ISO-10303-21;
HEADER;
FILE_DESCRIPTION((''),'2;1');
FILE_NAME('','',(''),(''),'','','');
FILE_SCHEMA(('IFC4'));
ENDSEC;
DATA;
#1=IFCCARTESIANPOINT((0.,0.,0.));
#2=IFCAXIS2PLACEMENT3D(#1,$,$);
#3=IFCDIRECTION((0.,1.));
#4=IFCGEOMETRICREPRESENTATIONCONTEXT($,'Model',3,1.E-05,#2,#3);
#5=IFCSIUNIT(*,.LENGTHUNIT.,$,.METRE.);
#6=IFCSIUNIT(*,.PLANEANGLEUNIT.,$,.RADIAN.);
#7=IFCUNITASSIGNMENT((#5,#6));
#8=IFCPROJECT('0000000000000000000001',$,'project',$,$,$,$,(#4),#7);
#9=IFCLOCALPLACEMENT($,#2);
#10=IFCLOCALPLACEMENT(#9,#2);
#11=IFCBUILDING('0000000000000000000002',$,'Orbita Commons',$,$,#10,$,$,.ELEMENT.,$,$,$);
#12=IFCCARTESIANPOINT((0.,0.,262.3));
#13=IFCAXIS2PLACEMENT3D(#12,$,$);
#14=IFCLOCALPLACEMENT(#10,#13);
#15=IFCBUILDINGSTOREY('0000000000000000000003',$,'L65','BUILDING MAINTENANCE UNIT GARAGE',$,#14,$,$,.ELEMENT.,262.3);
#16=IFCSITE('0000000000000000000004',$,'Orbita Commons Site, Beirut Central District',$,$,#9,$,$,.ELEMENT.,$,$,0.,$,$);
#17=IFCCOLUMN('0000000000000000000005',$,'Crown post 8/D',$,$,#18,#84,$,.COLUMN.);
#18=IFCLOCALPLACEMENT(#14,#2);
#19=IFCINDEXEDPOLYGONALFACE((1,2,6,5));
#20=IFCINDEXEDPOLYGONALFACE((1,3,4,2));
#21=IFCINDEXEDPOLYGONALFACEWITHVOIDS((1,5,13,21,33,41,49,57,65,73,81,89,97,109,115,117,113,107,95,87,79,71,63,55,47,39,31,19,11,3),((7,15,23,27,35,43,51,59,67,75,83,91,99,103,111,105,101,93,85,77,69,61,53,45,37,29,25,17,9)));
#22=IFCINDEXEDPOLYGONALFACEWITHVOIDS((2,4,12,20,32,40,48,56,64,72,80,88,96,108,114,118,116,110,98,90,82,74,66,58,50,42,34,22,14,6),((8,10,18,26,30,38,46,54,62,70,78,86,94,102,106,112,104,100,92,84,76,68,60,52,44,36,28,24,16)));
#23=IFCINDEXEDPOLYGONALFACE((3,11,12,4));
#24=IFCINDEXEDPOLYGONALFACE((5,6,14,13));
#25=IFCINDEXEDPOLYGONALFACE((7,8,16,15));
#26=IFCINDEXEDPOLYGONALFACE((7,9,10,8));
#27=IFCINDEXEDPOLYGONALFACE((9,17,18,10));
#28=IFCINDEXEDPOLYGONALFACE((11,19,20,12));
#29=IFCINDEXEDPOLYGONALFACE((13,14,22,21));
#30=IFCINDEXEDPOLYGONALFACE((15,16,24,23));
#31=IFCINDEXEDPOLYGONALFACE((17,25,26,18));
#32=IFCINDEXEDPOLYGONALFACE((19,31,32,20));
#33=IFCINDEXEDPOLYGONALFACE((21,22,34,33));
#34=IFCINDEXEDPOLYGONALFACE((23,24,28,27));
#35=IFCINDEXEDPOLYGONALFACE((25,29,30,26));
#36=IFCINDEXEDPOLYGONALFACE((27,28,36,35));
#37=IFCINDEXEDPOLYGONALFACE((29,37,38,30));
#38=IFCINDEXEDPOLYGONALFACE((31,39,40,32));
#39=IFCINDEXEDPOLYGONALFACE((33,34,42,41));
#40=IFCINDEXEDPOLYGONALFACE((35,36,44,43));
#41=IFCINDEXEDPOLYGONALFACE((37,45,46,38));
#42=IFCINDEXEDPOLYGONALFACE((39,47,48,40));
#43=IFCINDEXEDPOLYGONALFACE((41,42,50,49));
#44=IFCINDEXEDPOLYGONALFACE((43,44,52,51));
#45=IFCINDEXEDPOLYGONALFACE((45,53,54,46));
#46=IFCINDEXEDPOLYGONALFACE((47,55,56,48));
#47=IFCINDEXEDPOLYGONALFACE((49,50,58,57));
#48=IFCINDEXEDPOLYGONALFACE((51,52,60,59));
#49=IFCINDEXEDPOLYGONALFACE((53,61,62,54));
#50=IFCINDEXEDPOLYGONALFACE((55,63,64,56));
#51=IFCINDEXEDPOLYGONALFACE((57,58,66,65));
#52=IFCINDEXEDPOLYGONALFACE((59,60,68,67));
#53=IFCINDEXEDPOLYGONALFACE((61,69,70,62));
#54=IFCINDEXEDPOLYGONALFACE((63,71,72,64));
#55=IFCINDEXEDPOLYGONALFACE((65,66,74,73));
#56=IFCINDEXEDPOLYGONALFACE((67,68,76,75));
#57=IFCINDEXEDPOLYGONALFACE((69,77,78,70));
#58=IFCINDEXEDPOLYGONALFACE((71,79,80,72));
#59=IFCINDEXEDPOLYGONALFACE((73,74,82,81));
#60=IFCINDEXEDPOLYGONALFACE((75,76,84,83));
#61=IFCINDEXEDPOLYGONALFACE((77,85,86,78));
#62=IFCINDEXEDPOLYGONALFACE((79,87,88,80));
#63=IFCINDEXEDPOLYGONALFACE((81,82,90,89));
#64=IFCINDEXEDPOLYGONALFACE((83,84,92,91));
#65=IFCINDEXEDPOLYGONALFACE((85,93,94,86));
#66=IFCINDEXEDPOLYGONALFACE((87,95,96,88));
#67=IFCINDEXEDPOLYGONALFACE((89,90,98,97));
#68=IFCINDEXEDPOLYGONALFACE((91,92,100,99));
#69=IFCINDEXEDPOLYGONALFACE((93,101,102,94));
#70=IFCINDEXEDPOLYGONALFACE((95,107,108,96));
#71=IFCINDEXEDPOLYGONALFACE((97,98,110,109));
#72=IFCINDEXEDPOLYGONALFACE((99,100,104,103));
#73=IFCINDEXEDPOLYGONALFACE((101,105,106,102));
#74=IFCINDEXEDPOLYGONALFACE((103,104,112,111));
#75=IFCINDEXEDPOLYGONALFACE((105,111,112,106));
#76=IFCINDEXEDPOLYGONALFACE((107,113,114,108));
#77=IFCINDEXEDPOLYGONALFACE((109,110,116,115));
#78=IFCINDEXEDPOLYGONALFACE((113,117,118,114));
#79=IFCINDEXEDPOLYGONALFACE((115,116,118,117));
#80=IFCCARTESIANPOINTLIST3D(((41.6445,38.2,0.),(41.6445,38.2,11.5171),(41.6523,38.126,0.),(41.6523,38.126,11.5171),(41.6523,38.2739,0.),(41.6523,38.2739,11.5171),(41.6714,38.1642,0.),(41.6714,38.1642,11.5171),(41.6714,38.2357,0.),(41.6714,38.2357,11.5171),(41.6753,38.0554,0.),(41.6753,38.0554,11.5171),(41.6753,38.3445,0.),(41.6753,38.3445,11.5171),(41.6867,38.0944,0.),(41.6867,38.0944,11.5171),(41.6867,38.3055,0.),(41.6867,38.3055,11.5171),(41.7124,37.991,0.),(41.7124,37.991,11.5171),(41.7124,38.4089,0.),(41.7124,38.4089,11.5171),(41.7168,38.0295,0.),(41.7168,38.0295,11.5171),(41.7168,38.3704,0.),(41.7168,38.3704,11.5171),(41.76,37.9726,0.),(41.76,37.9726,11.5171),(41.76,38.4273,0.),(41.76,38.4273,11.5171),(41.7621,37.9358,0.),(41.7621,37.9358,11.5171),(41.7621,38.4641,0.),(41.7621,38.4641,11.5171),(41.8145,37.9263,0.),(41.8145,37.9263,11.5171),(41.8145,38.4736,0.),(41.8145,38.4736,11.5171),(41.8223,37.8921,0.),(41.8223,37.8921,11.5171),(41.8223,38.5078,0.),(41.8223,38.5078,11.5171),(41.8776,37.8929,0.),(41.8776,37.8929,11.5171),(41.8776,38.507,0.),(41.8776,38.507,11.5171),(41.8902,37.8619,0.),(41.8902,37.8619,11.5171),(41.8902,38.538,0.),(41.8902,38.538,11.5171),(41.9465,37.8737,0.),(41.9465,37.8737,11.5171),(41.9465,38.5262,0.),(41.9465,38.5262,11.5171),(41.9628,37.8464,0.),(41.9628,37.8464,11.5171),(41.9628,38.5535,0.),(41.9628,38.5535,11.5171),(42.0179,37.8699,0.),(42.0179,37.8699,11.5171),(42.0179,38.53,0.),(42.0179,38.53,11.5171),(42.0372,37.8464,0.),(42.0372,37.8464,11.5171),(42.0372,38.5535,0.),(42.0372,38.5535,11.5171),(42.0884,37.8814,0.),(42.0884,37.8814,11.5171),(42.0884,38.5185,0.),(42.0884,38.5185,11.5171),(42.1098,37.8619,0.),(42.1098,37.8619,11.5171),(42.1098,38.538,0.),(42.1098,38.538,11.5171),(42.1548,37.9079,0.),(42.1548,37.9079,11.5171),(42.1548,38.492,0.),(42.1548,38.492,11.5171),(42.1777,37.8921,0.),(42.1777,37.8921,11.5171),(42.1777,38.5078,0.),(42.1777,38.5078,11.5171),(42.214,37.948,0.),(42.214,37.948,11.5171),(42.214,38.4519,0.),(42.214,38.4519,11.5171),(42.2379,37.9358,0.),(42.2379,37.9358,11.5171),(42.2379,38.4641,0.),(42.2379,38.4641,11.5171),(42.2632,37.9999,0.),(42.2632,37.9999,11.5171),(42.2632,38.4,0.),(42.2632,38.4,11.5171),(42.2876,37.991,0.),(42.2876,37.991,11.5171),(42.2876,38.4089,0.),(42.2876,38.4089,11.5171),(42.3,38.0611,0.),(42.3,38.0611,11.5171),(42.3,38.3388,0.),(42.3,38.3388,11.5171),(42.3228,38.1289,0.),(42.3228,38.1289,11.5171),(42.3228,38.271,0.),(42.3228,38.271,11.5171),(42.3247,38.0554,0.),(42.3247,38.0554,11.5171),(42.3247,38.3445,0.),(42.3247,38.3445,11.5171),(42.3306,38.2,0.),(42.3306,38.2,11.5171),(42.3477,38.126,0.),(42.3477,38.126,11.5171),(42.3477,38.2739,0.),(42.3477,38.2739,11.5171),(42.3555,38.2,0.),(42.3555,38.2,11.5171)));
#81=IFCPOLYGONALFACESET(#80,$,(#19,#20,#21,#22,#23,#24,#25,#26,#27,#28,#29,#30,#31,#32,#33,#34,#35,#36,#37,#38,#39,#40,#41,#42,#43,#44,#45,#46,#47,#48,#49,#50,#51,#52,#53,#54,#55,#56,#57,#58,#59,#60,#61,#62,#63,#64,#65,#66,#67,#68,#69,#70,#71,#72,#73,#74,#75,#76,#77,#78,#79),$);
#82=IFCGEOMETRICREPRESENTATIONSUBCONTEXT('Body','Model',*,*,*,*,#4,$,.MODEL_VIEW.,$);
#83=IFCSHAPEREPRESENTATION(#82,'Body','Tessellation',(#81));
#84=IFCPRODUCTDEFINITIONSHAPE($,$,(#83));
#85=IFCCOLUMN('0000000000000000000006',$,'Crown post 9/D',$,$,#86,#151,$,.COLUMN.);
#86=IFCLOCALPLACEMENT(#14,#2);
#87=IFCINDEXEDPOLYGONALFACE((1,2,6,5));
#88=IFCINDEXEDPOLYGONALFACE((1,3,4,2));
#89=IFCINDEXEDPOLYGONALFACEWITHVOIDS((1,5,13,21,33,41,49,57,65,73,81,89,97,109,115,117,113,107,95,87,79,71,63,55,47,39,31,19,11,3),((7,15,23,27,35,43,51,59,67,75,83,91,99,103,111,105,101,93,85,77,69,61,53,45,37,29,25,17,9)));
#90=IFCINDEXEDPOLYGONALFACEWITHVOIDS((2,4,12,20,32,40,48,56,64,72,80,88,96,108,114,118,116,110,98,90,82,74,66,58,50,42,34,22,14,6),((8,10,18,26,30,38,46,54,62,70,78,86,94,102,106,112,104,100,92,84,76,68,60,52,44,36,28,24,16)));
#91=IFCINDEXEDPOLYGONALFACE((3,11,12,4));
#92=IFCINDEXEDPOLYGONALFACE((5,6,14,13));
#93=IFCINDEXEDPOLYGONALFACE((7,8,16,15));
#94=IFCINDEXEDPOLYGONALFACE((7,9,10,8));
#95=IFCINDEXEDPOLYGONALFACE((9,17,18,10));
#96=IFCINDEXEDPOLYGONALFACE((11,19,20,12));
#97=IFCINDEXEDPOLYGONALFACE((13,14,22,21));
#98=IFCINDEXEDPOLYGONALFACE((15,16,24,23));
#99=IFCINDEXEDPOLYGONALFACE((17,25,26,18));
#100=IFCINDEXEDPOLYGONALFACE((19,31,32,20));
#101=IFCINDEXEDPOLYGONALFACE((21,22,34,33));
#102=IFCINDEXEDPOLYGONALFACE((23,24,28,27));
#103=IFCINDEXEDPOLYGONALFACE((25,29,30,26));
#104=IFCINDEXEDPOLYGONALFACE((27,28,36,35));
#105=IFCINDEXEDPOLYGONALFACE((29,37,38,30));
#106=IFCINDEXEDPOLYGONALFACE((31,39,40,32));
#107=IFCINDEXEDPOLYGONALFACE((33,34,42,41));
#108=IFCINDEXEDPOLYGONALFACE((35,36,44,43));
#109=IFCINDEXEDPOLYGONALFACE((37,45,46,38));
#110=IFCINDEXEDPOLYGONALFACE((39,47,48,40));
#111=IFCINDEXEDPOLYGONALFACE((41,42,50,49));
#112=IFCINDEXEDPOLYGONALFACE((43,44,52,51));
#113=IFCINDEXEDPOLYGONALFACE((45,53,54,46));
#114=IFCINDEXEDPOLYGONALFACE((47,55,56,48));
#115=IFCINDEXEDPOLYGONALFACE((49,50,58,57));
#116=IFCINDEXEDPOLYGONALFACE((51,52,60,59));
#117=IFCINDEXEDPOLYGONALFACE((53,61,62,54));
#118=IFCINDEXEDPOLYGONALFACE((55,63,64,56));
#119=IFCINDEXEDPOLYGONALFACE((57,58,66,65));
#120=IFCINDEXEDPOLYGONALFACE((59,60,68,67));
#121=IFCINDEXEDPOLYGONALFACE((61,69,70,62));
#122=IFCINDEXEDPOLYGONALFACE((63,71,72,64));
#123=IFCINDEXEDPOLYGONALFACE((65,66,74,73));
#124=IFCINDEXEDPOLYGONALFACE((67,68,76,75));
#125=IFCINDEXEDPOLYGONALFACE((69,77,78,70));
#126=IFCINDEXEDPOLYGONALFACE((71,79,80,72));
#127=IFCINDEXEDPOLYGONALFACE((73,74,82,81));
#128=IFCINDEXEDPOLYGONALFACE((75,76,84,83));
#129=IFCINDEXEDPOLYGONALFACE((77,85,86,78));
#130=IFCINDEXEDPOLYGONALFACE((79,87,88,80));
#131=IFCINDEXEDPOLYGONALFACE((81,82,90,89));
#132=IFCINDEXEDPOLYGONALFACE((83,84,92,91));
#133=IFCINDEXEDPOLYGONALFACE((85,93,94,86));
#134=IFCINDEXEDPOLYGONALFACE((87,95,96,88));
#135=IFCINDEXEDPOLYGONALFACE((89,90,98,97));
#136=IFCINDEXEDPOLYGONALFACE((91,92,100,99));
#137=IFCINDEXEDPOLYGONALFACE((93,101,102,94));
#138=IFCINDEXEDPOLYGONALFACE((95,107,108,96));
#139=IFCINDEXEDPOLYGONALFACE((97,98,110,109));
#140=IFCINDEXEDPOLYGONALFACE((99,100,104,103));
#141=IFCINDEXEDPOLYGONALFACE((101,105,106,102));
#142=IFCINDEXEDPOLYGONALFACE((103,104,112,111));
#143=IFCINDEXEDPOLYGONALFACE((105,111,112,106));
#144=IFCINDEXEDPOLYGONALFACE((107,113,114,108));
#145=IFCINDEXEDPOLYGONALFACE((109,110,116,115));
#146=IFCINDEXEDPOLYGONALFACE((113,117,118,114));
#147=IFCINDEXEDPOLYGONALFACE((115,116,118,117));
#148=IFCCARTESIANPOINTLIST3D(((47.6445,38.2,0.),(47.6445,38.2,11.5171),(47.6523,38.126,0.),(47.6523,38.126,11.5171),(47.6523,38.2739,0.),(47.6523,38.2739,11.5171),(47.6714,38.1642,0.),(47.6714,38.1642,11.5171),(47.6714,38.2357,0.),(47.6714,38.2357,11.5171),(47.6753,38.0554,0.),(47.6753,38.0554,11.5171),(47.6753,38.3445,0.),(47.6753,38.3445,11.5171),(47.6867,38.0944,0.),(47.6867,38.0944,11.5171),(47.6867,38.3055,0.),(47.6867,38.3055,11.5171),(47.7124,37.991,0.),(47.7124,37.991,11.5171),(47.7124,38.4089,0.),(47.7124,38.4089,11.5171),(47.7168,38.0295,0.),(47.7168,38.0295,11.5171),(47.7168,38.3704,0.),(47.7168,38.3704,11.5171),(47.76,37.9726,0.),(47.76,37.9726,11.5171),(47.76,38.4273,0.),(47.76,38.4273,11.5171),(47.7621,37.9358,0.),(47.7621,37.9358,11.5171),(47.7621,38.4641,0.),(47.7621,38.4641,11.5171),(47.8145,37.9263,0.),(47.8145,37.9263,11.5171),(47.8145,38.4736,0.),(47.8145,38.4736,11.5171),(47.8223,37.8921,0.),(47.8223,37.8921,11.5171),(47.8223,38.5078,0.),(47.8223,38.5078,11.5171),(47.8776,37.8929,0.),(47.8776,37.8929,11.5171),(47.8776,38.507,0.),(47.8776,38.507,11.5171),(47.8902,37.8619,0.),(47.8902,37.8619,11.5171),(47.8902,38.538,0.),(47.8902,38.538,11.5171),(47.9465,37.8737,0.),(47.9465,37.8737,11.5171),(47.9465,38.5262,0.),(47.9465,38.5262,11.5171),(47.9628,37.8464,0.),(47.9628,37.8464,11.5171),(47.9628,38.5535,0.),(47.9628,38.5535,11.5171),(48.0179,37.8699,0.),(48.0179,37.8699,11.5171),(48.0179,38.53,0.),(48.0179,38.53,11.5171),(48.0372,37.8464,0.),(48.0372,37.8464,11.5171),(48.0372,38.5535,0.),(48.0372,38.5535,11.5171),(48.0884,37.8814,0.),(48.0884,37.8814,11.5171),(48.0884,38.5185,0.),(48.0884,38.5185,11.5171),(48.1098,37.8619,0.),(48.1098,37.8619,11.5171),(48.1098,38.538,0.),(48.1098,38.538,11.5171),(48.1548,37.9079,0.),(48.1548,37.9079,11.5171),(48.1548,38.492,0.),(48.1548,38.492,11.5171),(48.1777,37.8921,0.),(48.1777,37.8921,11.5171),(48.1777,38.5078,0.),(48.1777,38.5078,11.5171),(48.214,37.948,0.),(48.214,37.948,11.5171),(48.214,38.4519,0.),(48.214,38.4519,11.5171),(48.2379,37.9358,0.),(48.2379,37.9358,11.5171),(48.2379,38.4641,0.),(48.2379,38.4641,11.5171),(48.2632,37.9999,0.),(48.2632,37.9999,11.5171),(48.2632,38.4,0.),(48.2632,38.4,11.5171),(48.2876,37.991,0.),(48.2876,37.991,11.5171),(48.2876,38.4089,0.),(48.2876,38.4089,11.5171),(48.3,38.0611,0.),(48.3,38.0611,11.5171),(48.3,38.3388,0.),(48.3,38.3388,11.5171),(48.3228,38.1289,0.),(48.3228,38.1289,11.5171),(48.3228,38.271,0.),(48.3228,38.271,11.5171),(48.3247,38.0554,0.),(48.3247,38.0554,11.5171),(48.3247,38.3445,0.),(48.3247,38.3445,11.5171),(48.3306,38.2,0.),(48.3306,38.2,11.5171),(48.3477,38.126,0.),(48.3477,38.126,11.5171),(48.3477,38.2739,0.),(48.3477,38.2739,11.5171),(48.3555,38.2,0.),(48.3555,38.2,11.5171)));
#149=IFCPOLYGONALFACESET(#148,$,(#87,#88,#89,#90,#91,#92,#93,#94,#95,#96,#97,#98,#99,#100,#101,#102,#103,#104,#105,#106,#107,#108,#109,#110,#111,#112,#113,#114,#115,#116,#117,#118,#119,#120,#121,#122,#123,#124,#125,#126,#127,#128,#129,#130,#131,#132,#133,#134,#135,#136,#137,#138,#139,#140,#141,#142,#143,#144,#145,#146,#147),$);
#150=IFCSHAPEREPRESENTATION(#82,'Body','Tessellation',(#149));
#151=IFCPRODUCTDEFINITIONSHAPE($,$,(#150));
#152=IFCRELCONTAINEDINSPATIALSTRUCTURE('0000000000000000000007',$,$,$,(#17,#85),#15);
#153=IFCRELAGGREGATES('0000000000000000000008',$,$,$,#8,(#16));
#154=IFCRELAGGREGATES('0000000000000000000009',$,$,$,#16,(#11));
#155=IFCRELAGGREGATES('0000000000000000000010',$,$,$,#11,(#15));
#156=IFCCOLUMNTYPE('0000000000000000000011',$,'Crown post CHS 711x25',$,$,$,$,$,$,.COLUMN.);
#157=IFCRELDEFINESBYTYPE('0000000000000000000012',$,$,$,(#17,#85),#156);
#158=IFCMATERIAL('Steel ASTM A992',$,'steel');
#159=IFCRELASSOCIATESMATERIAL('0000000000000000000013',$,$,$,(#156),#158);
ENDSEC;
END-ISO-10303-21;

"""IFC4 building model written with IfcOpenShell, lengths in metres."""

from ifc_helpers import new_model, si_unit, direction, frame, origin, origin_2d, place, context, subcontext, project, spatial, hollow_circle, extrude, material, material_profile, profile_set, type_object, element, save


model = new_model("IFC4")

# Units and contexts
model_context = context("Model", 3, precision=1e-05, world=origin(), true_north=direction((0.0, 1.0)))
body_context = subcontext(model_context, "Body", "Model", "MODEL_VIEW")
ifc_project = project(units=[si_unit("LENGTHUNIT", "METRE"), si_unit("PLANEANGLEUNIT", "RADIAN")], contexts=[model_context])

# Site, building, storey
site_placement = place(None, origin())
site = spatial("IfcSite", under=ifc_project, at=site_placement, Name="Orbita Commons Site, Beirut Central District", CompositionType="ELEMENT", RefElevation=0.0)
building_placement = place(site_placement, origin())
building = spatial("IfcBuilding", under=site, at=building_placement, Name="Orbita Commons", CompositionType="ELEMENT")
storey_placement = place(building_placement, frame((0.0, 0.0, 262.3)))
storey = spatial("IfcBuildingStorey", under=building, at=storey_placement, Name="L65", Description="BUILDING MAINTENANCE UNIT GARAGE", CompositionType="ELEMENT", Elevation=262.3)

# Columns
ifc_material_1 = material(Name="Steel ASTM A992", Category="steel")
ifc_material_profile = material_profile(ifc_material_1, hollow_circle(Radius=0.3555, WallThickness=0.0249, at=origin_2d()), Name="CHS 711x25")
ifc_profile_set = profile_set([ifc_material_profile], Name="Steel ASTM A992")
column_type = type_object("IfcColumnType", Name="Crown post CHS 711x25", PredefinedType="COLUMN", material=ifc_profile_set)
for number, where, z_axis, x_axis, name in (
    (1, (42.0, 38.2, 0.0), (0.0, 0.0, 1.0), (1.0, 0.0, 0.0), "Crown post 8/D"),
    (2, (48.0, 38.2, 0.0), (0.0, 0.0, 1.0), (1.0, 0.0, 0.0), "Crown post 9/D"),
):
    element("IfcColumn", number, at=place(storey_placement, frame(where, z_axis=z_axis, x_axis=x_axis)), inside=storey, type_object=column_type, Name=name, PredefinedType="COLUMN", context=body_context, shape_type="SweptSolid", body=[
        extrude(hollow_circle(Radius=0.3555, WallThickness=0.0249, at=origin_2d()), origin(), (0.0, 0.0, 1.0), 11.5171),
    ])

save(model, "model.ifc")
